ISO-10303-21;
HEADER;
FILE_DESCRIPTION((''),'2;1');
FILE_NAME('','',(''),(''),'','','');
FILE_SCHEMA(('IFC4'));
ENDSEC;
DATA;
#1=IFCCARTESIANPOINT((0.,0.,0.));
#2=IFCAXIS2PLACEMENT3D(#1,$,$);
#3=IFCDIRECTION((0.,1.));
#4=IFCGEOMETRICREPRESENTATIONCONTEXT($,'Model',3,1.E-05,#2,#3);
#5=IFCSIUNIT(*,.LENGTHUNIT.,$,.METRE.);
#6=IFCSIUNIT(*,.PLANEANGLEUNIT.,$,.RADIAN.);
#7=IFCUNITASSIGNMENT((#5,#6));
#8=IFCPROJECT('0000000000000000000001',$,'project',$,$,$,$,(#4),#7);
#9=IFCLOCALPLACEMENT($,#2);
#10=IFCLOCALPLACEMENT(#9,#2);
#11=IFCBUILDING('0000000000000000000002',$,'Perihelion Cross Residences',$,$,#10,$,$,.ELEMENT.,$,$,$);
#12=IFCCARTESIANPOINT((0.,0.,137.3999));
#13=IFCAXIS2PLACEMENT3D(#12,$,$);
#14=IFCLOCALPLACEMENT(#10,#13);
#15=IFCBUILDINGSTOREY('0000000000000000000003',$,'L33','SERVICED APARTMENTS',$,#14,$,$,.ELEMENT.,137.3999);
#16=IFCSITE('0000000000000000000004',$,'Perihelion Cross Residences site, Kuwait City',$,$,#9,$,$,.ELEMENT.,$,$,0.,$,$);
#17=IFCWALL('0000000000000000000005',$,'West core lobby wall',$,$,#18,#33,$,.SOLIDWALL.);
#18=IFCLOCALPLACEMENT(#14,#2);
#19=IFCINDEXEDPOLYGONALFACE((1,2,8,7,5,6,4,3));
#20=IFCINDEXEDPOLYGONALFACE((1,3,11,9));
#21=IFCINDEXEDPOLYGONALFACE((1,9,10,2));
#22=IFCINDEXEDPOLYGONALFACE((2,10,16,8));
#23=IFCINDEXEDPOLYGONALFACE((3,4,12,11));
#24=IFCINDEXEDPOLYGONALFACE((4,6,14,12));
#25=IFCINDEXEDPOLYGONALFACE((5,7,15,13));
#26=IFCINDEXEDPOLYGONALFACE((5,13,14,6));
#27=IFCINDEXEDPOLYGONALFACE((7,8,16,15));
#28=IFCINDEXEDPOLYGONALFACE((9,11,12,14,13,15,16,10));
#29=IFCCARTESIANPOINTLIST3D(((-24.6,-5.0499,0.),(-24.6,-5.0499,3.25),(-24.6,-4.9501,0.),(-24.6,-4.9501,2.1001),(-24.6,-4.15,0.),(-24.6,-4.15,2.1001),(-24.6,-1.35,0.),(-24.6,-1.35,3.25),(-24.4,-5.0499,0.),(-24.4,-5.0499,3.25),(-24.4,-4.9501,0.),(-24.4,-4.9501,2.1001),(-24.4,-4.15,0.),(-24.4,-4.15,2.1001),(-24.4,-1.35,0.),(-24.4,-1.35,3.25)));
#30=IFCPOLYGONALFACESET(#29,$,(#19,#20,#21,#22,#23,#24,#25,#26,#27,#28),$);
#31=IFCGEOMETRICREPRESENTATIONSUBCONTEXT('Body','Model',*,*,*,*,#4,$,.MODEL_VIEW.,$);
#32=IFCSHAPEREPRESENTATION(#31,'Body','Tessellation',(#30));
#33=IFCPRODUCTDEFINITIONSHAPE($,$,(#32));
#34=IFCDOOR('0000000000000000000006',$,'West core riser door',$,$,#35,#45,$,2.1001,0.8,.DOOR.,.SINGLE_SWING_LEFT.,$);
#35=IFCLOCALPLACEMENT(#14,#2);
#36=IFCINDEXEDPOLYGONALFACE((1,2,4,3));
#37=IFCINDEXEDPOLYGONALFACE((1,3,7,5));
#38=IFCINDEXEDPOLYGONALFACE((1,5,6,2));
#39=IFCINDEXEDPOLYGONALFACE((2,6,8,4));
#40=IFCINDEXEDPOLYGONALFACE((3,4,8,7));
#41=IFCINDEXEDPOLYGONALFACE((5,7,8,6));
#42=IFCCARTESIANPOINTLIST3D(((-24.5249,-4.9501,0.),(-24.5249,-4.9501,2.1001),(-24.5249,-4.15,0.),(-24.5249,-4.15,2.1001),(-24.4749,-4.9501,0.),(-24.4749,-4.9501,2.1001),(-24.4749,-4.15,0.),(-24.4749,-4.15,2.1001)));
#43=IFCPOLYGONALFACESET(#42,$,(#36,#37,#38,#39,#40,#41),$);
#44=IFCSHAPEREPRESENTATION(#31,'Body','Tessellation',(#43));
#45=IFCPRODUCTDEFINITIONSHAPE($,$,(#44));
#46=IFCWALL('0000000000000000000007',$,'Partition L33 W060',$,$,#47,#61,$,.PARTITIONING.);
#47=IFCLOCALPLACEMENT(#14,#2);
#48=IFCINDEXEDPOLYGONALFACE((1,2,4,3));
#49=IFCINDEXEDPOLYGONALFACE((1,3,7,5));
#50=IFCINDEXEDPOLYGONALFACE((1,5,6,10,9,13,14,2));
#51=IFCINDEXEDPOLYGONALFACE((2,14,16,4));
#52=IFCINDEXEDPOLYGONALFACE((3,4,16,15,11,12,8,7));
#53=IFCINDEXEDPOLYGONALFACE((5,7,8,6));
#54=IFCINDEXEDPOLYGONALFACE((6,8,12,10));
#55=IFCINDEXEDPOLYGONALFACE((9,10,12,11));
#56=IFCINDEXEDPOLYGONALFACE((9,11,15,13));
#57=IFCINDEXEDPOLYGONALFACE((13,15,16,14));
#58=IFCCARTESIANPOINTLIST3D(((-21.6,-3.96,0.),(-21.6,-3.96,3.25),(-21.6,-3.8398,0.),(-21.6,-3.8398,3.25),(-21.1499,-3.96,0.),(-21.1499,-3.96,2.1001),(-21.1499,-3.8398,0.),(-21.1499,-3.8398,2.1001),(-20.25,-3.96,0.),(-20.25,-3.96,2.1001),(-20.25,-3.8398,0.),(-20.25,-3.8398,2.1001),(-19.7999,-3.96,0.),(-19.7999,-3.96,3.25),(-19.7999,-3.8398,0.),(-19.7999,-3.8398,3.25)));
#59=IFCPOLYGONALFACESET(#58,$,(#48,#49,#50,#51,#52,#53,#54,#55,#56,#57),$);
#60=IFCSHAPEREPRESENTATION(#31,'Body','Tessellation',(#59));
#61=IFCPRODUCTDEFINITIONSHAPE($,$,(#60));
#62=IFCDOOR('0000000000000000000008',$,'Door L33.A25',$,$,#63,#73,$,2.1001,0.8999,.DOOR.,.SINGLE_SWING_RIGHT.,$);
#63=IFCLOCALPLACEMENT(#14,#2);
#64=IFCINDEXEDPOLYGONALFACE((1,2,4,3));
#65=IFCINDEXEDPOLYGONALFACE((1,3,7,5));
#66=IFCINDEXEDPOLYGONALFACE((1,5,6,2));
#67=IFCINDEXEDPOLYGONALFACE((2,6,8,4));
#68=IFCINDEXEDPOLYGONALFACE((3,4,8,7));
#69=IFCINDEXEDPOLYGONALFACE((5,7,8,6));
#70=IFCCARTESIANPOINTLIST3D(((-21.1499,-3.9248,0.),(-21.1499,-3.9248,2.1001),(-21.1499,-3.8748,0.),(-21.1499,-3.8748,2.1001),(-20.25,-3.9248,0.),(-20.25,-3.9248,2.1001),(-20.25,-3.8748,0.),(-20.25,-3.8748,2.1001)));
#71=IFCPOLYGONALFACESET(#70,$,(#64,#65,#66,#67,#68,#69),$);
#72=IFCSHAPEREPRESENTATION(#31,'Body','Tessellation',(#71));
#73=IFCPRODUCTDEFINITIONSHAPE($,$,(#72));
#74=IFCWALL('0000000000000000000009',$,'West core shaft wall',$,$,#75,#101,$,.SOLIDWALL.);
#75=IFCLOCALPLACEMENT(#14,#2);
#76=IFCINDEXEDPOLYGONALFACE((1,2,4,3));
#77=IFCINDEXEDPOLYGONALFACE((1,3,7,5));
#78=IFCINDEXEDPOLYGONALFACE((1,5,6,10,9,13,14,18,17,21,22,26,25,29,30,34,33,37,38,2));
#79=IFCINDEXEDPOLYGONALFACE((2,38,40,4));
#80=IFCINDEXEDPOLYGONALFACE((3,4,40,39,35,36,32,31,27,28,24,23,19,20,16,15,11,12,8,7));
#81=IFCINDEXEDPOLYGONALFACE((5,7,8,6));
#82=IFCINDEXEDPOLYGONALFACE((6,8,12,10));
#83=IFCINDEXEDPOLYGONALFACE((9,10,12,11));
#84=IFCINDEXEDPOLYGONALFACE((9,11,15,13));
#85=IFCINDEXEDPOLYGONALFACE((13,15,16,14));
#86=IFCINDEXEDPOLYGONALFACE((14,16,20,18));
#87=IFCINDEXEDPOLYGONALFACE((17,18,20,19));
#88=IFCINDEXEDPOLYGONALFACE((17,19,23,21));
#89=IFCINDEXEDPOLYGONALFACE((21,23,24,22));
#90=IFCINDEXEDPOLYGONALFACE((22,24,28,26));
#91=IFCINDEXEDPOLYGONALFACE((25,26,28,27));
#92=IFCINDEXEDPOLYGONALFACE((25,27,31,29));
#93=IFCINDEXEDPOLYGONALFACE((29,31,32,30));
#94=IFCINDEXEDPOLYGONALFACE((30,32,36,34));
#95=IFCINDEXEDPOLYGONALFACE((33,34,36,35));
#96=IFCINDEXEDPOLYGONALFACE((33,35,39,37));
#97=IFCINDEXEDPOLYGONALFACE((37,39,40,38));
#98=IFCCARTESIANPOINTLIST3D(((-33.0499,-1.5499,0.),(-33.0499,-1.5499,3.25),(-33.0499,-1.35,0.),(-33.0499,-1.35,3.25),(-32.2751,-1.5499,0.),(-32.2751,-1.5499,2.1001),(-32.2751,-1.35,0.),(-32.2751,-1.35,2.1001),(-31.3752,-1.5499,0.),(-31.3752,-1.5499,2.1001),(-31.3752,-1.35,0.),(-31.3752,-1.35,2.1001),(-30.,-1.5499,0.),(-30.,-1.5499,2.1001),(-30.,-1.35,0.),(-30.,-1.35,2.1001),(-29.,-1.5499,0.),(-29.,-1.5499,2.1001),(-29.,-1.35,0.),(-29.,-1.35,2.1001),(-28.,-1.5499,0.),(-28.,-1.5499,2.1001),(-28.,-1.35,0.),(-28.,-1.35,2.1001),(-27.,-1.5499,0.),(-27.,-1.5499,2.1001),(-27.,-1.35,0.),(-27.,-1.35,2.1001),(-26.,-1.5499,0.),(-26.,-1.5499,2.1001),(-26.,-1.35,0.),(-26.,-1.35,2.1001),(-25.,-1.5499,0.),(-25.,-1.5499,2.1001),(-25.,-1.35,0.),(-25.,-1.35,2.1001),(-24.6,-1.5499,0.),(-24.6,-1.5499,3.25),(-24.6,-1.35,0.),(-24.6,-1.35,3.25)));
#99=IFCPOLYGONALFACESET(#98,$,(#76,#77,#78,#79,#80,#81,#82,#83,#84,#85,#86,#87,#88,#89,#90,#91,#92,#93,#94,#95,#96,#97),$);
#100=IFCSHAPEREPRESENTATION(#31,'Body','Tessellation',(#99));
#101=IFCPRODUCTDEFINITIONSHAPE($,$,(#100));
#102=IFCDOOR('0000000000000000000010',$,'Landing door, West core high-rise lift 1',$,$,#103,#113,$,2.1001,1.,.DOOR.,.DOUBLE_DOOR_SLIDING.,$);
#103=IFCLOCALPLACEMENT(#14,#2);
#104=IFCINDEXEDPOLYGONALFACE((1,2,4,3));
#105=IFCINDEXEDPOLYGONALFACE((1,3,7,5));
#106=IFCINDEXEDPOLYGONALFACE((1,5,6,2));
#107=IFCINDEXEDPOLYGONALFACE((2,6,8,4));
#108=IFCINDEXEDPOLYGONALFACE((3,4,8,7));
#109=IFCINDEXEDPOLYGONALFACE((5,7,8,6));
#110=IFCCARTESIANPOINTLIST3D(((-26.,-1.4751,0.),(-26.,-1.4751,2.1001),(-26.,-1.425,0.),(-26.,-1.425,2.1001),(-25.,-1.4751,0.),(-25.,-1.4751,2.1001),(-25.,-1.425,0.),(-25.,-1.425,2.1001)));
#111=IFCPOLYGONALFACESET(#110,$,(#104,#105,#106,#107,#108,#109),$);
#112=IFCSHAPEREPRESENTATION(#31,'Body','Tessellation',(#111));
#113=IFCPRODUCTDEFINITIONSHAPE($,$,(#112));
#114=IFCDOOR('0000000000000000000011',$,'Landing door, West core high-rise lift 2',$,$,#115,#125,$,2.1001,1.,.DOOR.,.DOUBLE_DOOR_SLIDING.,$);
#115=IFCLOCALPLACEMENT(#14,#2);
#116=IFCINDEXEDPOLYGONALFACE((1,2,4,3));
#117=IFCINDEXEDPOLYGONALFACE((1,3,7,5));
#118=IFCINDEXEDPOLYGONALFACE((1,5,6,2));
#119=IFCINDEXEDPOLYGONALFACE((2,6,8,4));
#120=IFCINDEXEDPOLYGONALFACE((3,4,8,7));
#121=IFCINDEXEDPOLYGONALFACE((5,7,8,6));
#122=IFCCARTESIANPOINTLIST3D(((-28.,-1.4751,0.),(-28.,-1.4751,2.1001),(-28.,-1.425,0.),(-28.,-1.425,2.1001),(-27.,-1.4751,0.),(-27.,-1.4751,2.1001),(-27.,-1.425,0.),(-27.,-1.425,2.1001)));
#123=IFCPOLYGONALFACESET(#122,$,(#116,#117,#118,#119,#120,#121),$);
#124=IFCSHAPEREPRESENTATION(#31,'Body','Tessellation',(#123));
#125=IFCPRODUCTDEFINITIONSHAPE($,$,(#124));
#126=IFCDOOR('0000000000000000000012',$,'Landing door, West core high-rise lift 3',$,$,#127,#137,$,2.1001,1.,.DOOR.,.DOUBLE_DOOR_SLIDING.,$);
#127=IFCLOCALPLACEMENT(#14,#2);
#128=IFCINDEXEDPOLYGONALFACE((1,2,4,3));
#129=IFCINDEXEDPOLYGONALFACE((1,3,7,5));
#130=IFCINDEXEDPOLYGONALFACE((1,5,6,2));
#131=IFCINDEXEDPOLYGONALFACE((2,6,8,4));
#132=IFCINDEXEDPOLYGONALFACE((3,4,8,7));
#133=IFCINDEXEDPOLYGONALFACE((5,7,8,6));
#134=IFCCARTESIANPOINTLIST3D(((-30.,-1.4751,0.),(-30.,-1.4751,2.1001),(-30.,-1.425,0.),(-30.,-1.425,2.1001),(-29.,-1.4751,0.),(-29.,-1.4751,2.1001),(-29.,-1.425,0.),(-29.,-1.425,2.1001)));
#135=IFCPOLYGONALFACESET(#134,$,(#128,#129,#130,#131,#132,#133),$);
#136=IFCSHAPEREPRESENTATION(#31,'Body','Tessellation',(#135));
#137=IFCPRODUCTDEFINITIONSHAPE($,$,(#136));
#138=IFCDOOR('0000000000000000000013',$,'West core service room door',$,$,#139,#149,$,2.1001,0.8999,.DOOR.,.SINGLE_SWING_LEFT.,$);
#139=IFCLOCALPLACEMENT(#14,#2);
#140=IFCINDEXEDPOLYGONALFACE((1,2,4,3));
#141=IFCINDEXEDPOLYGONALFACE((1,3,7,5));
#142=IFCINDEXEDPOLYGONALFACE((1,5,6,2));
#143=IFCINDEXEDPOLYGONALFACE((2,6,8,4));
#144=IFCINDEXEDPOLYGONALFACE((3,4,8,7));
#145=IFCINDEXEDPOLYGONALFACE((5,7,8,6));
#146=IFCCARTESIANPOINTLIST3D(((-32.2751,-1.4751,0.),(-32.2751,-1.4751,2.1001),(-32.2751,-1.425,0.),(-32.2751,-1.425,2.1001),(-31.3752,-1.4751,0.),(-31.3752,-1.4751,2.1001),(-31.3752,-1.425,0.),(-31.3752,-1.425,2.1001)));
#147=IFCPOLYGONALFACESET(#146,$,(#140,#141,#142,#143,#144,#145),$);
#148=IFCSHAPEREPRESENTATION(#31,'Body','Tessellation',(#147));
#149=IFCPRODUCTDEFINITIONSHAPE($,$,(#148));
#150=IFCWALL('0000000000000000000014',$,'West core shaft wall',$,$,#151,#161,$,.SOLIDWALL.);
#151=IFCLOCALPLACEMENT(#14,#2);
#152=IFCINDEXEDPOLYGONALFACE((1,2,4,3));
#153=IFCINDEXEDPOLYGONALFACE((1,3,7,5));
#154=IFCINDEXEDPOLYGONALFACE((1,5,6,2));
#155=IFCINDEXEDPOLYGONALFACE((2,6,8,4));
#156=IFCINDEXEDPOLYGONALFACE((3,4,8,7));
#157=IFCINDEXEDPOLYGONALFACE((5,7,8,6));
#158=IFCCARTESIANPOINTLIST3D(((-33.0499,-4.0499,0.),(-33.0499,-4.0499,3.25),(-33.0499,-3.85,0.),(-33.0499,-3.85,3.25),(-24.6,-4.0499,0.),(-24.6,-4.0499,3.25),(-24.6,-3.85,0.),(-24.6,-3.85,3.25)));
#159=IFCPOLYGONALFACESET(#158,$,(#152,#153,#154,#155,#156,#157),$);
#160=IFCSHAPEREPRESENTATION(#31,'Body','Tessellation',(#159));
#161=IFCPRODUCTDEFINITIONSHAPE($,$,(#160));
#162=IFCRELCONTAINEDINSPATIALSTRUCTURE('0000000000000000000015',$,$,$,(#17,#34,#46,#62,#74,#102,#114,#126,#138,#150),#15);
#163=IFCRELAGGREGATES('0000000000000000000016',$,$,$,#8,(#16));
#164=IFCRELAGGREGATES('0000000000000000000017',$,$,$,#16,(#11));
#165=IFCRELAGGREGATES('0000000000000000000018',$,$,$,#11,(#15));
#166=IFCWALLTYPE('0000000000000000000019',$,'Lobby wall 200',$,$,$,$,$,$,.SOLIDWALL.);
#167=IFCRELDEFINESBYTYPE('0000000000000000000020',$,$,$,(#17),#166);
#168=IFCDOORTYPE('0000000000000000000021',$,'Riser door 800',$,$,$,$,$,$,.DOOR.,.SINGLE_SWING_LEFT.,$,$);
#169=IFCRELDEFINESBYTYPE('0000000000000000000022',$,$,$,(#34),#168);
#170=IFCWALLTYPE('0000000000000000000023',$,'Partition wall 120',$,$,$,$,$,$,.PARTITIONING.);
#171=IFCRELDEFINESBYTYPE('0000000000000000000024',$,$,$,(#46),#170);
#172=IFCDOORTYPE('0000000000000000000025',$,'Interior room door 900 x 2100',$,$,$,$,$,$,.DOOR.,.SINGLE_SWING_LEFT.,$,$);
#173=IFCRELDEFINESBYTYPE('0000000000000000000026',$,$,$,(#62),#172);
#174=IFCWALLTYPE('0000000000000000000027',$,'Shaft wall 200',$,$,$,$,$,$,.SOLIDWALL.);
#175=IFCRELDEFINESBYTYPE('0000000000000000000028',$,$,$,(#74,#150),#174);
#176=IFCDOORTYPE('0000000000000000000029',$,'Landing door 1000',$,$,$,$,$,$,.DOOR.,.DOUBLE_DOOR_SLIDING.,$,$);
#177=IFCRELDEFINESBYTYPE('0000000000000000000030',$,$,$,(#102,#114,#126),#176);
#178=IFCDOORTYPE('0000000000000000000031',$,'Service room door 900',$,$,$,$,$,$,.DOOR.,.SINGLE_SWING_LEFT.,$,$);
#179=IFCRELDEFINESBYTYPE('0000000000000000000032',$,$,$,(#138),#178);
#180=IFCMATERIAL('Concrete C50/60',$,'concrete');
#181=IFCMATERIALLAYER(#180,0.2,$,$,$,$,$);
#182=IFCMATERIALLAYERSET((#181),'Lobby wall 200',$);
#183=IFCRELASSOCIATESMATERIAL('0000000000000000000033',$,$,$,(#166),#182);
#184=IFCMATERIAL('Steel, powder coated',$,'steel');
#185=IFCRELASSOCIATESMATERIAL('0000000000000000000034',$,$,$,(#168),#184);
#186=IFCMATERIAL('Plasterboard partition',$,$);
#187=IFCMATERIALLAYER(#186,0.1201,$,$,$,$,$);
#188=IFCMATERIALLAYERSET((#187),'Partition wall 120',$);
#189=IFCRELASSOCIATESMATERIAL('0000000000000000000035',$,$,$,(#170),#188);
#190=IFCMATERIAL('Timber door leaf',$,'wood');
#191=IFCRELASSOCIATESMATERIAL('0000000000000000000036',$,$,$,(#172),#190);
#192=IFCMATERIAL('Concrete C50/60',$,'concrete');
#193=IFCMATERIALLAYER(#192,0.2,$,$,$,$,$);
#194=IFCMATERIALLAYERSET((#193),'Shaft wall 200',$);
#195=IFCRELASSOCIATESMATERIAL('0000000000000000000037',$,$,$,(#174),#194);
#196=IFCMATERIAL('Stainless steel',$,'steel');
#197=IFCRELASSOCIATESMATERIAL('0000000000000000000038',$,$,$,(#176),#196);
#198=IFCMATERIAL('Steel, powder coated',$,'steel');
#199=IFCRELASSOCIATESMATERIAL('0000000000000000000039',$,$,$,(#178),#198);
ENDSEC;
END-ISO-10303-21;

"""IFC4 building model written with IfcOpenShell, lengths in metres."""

from ifc_helpers import new_model, si_unit, direction, frame, frame_2d, origin, place, context, subcontext, project, spatial, rectangle, extrude, material, layer, layer_set, type_object, element, fill, save


model = new_model("IFC4")

# Units and contexts
model_context = context("Model", 3, precision=1e-05, world=origin(), true_north=direction((0.0, 1.0)))
body_context = subcontext(model_context, "Body", "Model", "MODEL_VIEW")
ifc_project = project(units=[si_unit("LENGTHUNIT", "METRE"), si_unit("PLANEANGLEUNIT", "RADIAN")], contexts=[model_context])

# Site, building, storey
site_placement = place(None, origin())
site = spatial("IfcSite", under=ifc_project, at=site_placement, Name="Perihelion Cross Residences site, Kuwait City", CompositionType="ELEMENT", RefElevation=0.0)
building_placement = place(site_placement, origin())
building = spatial("IfcBuilding", under=site, at=building_placement, Name="Perihelion Cross Residences", CompositionType="ELEMENT")
storey_placement = place(building_placement, frame((0.0, 0.0, 137.3999)))
storey = spatial("IfcBuildingStorey", under=building, at=storey_placement, Name="L33", Description="SERVICED APARTMENTS", CompositionType="ELEMENT", Elevation=137.3999)

# Walls, openings, doors
ifc_material_1 = material(Name="Concrete C50/60", Category="concrete")
ifc_layer_1 = layer(ifc_material_1, 0.2)
ifc_layer_set_1 = layer_set([ifc_layer_1], Name="Lobby wall 200")
wall_type_1 = type_object("IfcWallType", Name="Lobby wall 200", PredefinedType="SOLIDWALL", material=ifc_layer_set_1)
wall_1_placement = place(storey_placement, frame((-24.5, -5.05, 0.0), z_axis=(0.0, 0.0, 1.0), x_axis=(0.0, 1.0, 0.0)))
wall_1 = element("IfcWall", 1, at=wall_1_placement, inside=storey, type_object=wall_type_1, Name="West core lobby wall", PredefinedType="SOLIDWALL", context=body_context, shape_type="SweptSolid", body=[
    extrude(rectangle(XDim=3.7, YDim=0.2, at=frame_2d((1.8501, 0.0))), origin(), (0.0, 0.0, 1.0), 3.25),
])
opening_1_placement = place(wall_1_placement, frame((0.1001, 0.0, 0.0)))
opening_1 = element("IfcOpeningElement", 2, at=opening_1_placement, cuts=wall_1, PredefinedType="OPENING", context=body_context, shape_type="SweptSolid", body=[
    extrude(rectangle(XDim=0.8, YDim=2.1001, at=frame_2d((0.3999, 1.05))), frame((0.0, 0.1099, 0.0), z_axis=(0.0, -1.0, 0.0), x_axis=(1.0, 0.0, 0.0)), (0.0, 0.0, 1.0), 0.22),
])
ifc_material_2 = material(Name="Steel, powder coated", Category="steel")
door_type_1 = type_object("IfcDoorType", Name="Riser door 800", OperationType="SINGLE_SWING_LEFT", PredefinedType="DOOR", material=ifc_material_2)
door_1_placement = place(opening_1_placement, origin())
door_1 = element("IfcDoor", 3, at=door_1_placement, inside=storey, type_object=door_type_1, Name="West core riser door", OperationType="SINGLE_SWING_LEFT", OverallHeight=2.1001, OverallWidth=0.8, PredefinedType="DOOR", context=body_context, shape_type="SweptSolid", body=[
    extrude(rectangle(XDim=0.8, YDim=2.1001, at=frame_2d((0.3999, 1.05))), frame((0.0, 0.0249, 0.0), z_axis=(0.0, -1.0, 0.0), x_axis=(1.0, 0.0, 0.0)), (0.0, 0.0, 1.0), 0.05),
])
fill(opening_1, door_1)
ifc_material_3 = material(Name="Plasterboard partition")
ifc_layer_2 = layer(ifc_material_3, 0.1201)
ifc_layer_set_2 = layer_set([ifc_layer_2], Name="Partition wall 120")
wall_type_2 = type_object("IfcWallType", Name="Partition wall 120", PredefinedType="PARTITIONING", material=ifc_layer_set_2)
wall_2_placement = place(storey_placement, frame((-19.8, -3.8999, 0.0), z_axis=(0.0, 0.0, 1.0), x_axis=(-1.0, 0.0, 0.0)))
wall_2 = element("IfcWall", 4, at=wall_2_placement, inside=storey, type_object=wall_type_2, Name="Partition L33 W060", PredefinedType="PARTITIONING", context=body_context, shape_type="SweptSolid", body=[
    extrude(rectangle(XDim=1.8, YDim=0.1201, at=frame_2d((0.8999, 0.0))), origin(), (0.0, 0.0, 1.0), 3.25),
])
opening_2_placement = place(wall_2_placement, frame((0.45, 0.0, 0.0)))
opening_2 = element("IfcOpeningElement", 5, at=opening_2_placement, cuts=wall_2, PredefinedType="OPENING", context=body_context, shape_type="SweptSolid", body=[
    extrude(rectangle(XDim=0.8999, YDim=2.1001, at=frame_2d((0.45, 1.05))), frame((0.0, 0.0701, 0.0), z_axis=(0.0, -1.0, 0.0), x_axis=(1.0, 0.0, 0.0)), (0.0, 0.0, 1.0), 0.1401),
])
ifc_material_4 = material(Name="Timber door leaf", Category="wood")
door_type_2 = type_object("IfcDoorType", Name="Interior room door 900 x 2100", OperationType="SINGLE_SWING_LEFT", PredefinedType="DOOR", material=ifc_material_4)
door_2_placement = place(opening_2_placement, origin())
door_2 = element("IfcDoor", 6, at=door_2_placement, inside=storey, type_object=door_type_2, Name="Door L33.A25", OperationType="SINGLE_SWING_RIGHT", OverallHeight=2.1001, OverallWidth=0.8999, PredefinedType="DOOR", context=body_context, shape_type="SweptSolid", body=[
    extrude(rectangle(XDim=0.8999, YDim=2.1001, at=frame_2d((0.45, 1.05))), frame((0.0, 0.0249, 0.0), z_axis=(0.0, -1.0, 0.0), x_axis=(1.0, 0.0, 0.0)), (0.0, 0.0, 1.0), 0.05),
])
fill(opening_2, door_2)

# Wall, openings, doors
ifc_material_5 = material(Name="Concrete C50/60", Category="concrete")
ifc_layer_3 = layer(ifc_material_5, 0.2)
ifc_layer_set_3 = layer_set([ifc_layer_3], Name="Shaft wall 200")
wall_type_3 = type_object("IfcWallType", Name="Shaft wall 200", PredefinedType="SOLIDWALL", material=ifc_layer_set_3)
wall_3_placement = place(storey_placement, frame((-33.05, -1.45, 0.0), z_axis=(0.0, 0.0, 1.0), x_axis=(1.0, 0.0, 0.0)))
wall_3 = element("IfcWall", 7, at=wall_3_placement, inside=storey, type_object=wall_type_3, Name="West core shaft wall", PredefinedType="SOLIDWALL", context=body_context, shape_type="SweptSolid", body=[
    extrude(rectangle(XDim=8.45, YDim=0.2, at=frame_2d((4.2251, 0.0))), origin(), (0.0, 0.0, 1.0), 3.25),
])
opening_3_placement = place(wall_3_placement, frame((7.05, 0.0, 0.0)))
opening_3 = element("IfcOpeningElement", 8, at=opening_3_placement, cuts=wall_3, PredefinedType="OPENING", context=body_context, shape_type="SweptSolid", body=[
    extrude(rectangle(XDim=1.0, YDim=2.1001, at=frame_2d((0.5, 1.05))), frame((0.0, 0.1099, 0.0), z_axis=(0.0, -1.0, 0.0), x_axis=(1.0, 0.0, 0.0)), (0.0, 0.0, 1.0), 0.22),
])
opening_4_placement = place(wall_3_placement, frame((5.05, 0.0, 0.0)))
opening_4 = element("IfcOpeningElement", 9, at=opening_4_placement, cuts=wall_3, PredefinedType="OPENING", context=body_context, shape_type="SweptSolid", body=[
    extrude(rectangle(XDim=1.0, YDim=2.1001, at=frame_2d((0.5, 1.05))), frame((0.0, 0.1099, 0.0), z_axis=(0.0, -1.0, 0.0), x_axis=(1.0, 0.0, 0.0)), (0.0, 0.0, 1.0), 0.22),
])
opening_5_placement = place(wall_3_placement, frame((3.05, 0.0, 0.0)))
opening_5 = element("IfcOpeningElement", 10, at=opening_5_placement, cuts=wall_3, PredefinedType="OPENING", context=body_context, shape_type="SweptSolid", body=[
    extrude(rectangle(XDim=1.0, YDim=2.1001, at=frame_2d((0.5, 1.05))), frame((0.0, 0.1099, 0.0), z_axis=(0.0, -1.0, 0.0), x_axis=(1.0, 0.0, 0.0)), (0.0, 0.0, 1.0), 0.22),
])
opening_6_placement = place(wall_3_placement, frame((0.7749, 0.0, 0.0)))
opening_6 = element("IfcOpeningElement", 11, at=opening_6_placement, cuts=wall_3, PredefinedType="OPENING", context=body_context, shape_type="SweptSolid", body=[
    extrude(rectangle(XDim=0.8999, YDim=2.1001, at=frame_2d((0.45, 1.05))), frame((0.0, 0.1099, 0.0), z_axis=(0.0, -1.0, 0.0), x_axis=(1.0, 0.0, 0.0)), (0.0, 0.0, 1.0), 0.22),
])
ifc_material_6 = material(Name="Stainless steel", Category="steel")
door_type_3 = type_object("IfcDoorType", Name="Landing door 1000", OperationType="DOUBLE_DOOR_SLIDING", PredefinedType="DOOR", material=ifc_material_6)
door_3_placement = place(opening_3_placement, origin())
door_3 = element("IfcDoor", 12, at=door_3_placement, inside=storey, type_object=door_type_3, Name="Landing door, West core high-rise lift 1", OperationType="DOUBLE_DOOR_SLIDING", OverallHeight=2.1001, OverallWidth=1.0, PredefinedType="DOOR", context=body_context, shape_type="SweptSolid", body=[
    extrude(rectangle(XDim=1.0, YDim=2.1001, at=frame_2d((0.5, 1.05))), frame((0.0, 0.0249, 0.0), z_axis=(0.0, -1.0, 0.0), x_axis=(1.0, 0.0, 0.0)), (0.0, 0.0, 1.0), 0.05),
])
fill(opening_3, door_3)
door_4_placement = place(opening_4_placement, origin())
door_4 = element("IfcDoor", 13, at=door_4_placement, inside=storey, type_object=door_type_3, Name="Landing door, West core high-rise lift 2", OperationType="DOUBLE_DOOR_SLIDING", OverallHeight=2.1001, OverallWidth=1.0, PredefinedType="DOOR", context=body_context, shape_type="SweptSolid", body=[
    extrude(rectangle(XDim=1.0, YDim=2.1001, at=frame_2d((0.5, 1.05))), frame((0.0, 0.0249, 0.0), z_axis=(0.0, -1.0, 0.0), x_axis=(1.0, 0.0, 0.0)), (0.0, 0.0, 1.0), 0.05),
])
fill(opening_4, door_4)
door_5_placement = place(opening_5_placement, origin())
door_5 = element("IfcDoor", 14, at=door_5_placement, inside=storey, type_object=door_type_3, Name="Landing door, West core high-rise lift 3", OperationType="DOUBLE_DOOR_SLIDING", OverallHeight=2.1001, OverallWidth=1.0, PredefinedType="DOOR", context=body_context, shape_type="SweptSolid", body=[
    extrude(rectangle(XDim=1.0, YDim=2.1001, at=frame_2d((0.5, 1.05))), frame((0.0, 0.0249, 0.0), z_axis=(0.0, -1.0, 0.0), x_axis=(1.0, 0.0, 0.0)), (0.0, 0.0, 1.0), 0.05),
])
fill(opening_5, door_5)
ifc_material_7 = material(Name="Steel, powder coated", Category="steel")
door_type_4 = type_object("IfcDoorType", Name="Service room door 900", OperationType="SINGLE_SWING_LEFT", PredefinedType="DOOR", material=ifc_material_7)
door_6_placement = place(opening_6_placement, origin())
door_6 = element("IfcDoor", 15, at=door_6_placement, inside=storey, type_object=door_type_4, Name="West core service room door", OperationType="SINGLE_SWING_LEFT", OverallHeight=2.1001, OverallWidth=0.8999, PredefinedType="DOOR", context=body_context, shape_type="SweptSolid", body=[
    extrude(rectangle(XDim=0.8999, YDim=2.1001, at=frame_2d((0.45, 1.05))), frame((0.0, 0.0249, 0.0), z_axis=(0.0, -1.0, 0.0), x_axis=(1.0, 0.0, 0.0)), (0.0, 0.0, 1.0), 0.05),
])
fill(opening_6, door_6)

# Wall
wall_4_placement = place(storey_placement, frame((-33.05, -3.95, 0.0), z_axis=(0.0, 0.0, 1.0), x_axis=(1.0, 0.0, 0.0)))
element("IfcWall", 16, at=wall_4_placement, inside=storey, type_object=wall_type_3, Name="West core shaft wall", PredefinedType="SOLIDWALL", context=body_context, shape_type="SweptSolid", body=[
    extrude(rectangle(XDim=8.45, YDim=0.2, at=frame_2d((4.2251, 0.0))), origin(), (0.0, 0.0, 1.0), 3.25),
])

save(model, "model.ifc")
